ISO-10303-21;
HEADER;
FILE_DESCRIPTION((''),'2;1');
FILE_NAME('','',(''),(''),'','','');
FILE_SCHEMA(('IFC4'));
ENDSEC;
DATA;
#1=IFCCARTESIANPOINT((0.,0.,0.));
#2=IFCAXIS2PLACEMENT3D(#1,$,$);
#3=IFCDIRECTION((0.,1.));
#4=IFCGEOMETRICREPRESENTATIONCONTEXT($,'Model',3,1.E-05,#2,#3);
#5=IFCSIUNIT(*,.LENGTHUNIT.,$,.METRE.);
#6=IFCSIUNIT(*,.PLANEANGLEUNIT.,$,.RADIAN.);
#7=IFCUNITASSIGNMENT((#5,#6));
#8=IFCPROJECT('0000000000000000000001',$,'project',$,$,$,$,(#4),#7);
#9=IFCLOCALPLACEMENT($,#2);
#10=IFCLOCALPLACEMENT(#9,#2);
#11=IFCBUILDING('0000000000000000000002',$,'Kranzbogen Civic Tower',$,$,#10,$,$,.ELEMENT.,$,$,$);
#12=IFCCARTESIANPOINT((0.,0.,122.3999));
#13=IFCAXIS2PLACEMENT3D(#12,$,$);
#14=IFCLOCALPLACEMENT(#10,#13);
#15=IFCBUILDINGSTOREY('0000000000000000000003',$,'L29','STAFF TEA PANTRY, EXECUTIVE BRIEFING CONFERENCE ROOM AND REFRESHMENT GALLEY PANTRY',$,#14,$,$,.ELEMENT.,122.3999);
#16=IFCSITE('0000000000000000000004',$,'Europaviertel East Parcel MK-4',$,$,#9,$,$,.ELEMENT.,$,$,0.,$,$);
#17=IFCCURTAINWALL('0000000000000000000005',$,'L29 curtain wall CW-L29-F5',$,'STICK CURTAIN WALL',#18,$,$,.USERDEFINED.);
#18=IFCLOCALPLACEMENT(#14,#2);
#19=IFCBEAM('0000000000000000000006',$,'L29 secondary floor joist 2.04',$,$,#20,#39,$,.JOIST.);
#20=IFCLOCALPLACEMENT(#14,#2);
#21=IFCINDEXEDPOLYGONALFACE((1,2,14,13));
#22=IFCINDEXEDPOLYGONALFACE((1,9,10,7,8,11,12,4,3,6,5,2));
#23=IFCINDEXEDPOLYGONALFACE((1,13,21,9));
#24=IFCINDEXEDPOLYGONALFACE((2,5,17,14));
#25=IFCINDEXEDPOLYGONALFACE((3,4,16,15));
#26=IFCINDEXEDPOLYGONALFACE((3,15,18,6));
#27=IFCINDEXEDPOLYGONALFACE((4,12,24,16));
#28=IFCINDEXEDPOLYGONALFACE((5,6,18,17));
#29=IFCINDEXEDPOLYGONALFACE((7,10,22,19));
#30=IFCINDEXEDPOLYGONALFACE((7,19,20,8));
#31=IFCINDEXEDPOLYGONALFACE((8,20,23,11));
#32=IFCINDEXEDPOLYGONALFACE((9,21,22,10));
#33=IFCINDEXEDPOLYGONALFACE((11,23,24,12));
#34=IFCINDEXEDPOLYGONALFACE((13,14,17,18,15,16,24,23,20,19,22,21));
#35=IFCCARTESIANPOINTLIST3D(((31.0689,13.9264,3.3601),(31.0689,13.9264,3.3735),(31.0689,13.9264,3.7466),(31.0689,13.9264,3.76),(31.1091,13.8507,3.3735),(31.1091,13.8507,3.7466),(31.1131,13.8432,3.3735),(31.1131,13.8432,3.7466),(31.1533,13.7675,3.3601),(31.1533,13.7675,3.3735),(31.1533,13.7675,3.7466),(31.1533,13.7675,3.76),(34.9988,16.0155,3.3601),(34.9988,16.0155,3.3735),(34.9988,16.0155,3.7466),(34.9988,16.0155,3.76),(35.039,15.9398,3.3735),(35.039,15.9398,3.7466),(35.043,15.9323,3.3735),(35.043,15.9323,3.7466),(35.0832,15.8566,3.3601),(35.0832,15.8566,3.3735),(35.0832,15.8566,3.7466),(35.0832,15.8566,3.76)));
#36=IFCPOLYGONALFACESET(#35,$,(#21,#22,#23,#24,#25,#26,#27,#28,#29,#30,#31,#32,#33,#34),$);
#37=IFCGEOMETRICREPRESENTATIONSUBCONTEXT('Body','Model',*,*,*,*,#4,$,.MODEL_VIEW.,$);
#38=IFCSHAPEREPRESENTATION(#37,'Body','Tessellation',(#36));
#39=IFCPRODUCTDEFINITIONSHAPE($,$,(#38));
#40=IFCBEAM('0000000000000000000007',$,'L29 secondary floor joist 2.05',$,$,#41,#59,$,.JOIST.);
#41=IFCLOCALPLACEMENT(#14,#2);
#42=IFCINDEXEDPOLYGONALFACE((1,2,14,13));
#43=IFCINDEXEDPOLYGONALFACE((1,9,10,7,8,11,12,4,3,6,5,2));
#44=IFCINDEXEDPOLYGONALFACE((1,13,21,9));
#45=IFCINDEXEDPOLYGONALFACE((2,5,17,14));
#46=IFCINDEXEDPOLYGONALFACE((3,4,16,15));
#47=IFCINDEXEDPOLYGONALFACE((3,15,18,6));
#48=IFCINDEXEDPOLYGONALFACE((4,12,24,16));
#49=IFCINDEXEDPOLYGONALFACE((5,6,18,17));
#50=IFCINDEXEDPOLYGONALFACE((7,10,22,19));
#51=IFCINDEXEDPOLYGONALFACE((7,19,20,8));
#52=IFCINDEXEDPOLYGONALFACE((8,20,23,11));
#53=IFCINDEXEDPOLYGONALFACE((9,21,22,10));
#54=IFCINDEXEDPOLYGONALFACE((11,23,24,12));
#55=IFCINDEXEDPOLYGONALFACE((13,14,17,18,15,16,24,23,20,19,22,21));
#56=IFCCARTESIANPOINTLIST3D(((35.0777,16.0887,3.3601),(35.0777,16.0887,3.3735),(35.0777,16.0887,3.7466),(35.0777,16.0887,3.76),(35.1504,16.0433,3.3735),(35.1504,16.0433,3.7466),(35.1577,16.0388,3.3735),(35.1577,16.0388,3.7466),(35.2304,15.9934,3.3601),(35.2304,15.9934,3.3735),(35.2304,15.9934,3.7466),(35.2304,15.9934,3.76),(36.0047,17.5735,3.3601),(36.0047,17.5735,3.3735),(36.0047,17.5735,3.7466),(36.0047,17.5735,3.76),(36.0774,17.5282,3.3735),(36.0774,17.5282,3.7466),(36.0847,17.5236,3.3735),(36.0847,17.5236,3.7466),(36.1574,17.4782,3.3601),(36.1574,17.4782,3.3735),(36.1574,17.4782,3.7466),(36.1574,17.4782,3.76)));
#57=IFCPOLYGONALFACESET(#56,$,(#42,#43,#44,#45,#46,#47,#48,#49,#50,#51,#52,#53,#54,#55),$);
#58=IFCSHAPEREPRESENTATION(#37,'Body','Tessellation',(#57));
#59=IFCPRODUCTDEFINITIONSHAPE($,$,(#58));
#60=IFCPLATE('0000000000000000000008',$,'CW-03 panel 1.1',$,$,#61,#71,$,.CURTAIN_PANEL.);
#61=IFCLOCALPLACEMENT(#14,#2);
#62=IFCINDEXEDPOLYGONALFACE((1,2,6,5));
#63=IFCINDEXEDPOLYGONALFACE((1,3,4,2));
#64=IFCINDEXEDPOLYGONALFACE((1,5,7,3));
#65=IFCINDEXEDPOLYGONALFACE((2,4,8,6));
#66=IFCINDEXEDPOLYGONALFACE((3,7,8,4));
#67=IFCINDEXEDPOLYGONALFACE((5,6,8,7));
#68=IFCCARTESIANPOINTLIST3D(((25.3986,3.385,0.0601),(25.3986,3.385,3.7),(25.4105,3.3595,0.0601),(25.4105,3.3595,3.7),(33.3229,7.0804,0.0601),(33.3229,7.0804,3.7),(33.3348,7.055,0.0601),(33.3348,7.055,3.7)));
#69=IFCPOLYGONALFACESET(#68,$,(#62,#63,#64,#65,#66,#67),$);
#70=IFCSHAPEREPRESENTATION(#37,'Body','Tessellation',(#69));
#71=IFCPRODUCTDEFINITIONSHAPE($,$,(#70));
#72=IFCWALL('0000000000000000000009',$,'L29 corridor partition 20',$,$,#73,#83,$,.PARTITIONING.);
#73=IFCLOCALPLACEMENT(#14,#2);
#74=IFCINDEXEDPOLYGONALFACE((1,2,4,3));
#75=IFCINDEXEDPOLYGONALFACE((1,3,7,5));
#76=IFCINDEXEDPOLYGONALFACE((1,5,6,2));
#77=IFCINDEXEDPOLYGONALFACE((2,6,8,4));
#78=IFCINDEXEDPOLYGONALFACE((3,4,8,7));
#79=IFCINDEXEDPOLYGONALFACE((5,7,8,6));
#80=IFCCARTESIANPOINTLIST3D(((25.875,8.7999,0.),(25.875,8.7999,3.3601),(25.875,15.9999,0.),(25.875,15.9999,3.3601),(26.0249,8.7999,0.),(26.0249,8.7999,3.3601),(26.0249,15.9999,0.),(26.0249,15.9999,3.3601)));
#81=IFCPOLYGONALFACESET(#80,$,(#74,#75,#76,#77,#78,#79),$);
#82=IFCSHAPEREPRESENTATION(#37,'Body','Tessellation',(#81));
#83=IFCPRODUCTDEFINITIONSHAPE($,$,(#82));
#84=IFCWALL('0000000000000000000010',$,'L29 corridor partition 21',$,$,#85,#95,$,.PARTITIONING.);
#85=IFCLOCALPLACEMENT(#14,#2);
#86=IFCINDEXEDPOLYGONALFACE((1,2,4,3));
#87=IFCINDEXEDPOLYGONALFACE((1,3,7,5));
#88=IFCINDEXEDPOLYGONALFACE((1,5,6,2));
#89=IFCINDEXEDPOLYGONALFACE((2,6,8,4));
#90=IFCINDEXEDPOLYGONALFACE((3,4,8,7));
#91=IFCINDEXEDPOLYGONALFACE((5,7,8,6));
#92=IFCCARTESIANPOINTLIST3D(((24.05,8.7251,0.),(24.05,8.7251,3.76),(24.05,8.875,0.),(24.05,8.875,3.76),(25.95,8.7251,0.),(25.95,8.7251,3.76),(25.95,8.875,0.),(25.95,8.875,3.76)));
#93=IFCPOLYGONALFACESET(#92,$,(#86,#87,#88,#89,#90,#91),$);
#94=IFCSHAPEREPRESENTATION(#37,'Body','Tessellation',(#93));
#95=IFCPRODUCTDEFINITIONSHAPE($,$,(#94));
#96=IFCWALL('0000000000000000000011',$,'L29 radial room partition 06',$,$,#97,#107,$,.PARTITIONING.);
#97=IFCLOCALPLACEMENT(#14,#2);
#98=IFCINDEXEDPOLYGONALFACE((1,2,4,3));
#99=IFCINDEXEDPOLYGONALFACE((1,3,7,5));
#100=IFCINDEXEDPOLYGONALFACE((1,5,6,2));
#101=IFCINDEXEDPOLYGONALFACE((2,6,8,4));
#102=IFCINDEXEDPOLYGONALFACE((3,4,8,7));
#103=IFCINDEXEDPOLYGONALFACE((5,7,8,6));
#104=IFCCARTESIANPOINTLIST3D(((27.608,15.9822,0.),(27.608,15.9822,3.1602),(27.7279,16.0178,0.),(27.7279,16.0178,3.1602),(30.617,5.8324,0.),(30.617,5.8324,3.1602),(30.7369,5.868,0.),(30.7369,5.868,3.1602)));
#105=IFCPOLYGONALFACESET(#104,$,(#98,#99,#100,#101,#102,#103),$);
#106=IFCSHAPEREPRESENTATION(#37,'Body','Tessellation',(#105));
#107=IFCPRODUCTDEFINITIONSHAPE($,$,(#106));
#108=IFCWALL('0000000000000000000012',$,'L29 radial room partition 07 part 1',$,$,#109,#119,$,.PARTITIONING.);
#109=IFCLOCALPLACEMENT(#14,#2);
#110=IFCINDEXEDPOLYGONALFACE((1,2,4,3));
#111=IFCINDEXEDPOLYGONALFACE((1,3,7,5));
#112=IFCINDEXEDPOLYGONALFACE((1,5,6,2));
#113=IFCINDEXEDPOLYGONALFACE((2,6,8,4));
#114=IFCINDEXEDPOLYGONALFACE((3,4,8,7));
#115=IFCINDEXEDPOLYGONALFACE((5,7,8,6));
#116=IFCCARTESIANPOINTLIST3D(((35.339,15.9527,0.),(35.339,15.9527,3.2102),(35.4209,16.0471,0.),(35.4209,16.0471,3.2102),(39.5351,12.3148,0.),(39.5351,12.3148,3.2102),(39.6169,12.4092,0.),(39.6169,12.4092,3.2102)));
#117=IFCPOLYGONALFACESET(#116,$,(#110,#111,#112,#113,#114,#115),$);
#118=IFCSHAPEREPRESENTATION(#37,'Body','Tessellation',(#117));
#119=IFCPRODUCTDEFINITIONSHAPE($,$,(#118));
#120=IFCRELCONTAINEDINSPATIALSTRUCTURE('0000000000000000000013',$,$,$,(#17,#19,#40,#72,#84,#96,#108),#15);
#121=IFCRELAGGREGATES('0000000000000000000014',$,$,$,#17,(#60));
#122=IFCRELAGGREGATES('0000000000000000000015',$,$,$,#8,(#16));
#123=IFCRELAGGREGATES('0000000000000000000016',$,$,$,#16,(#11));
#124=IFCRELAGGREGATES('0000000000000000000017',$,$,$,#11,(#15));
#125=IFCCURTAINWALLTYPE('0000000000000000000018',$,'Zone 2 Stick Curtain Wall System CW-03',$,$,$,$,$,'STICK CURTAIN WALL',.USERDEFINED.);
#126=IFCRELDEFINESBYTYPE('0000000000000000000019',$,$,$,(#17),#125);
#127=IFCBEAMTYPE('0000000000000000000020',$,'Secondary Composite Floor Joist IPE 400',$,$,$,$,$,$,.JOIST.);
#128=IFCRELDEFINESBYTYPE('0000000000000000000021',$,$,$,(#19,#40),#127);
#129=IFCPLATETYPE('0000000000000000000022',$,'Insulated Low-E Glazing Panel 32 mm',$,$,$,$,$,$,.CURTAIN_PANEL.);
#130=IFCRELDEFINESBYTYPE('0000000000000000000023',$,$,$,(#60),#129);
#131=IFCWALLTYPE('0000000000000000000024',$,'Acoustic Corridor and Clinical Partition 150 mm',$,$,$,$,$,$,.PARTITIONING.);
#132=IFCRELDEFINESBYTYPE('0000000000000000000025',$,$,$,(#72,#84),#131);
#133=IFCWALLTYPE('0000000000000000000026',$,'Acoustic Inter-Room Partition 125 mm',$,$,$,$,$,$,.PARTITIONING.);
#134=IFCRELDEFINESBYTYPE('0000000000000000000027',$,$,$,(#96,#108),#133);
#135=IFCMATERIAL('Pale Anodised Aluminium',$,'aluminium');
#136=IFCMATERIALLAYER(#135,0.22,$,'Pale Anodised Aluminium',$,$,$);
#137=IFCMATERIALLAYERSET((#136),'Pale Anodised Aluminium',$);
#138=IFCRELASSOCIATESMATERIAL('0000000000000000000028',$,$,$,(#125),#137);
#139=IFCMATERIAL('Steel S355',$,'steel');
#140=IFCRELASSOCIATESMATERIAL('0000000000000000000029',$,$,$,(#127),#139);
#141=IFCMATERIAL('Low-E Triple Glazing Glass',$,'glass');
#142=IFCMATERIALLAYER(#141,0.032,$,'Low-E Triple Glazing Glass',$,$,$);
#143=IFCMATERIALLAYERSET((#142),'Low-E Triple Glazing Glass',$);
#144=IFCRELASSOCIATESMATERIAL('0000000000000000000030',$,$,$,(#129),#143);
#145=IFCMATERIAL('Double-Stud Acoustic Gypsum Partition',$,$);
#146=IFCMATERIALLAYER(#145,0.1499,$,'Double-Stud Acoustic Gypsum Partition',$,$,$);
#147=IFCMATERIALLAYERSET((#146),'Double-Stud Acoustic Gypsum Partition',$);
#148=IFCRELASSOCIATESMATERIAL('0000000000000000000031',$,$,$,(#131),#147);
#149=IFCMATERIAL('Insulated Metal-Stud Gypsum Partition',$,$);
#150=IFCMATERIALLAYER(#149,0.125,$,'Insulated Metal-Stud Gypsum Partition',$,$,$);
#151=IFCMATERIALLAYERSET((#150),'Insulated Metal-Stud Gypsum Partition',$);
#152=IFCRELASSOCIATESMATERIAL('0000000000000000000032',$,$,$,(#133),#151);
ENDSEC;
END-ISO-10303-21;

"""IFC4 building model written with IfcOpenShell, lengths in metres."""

from ifc_helpers import new_model, si_unit, direction, frame, frame_2d, origin, origin_2d, place, context, subcontext, project, spatial, rectangle, i_section, extrude, material, layer, layer_set, material_profile, profile_set, type_object, element, aggregate, save


model = new_model("IFC4")

# Units and contexts
model_context = context("Model", 3, precision=1e-05, world=origin(), true_north=direction((0.0, 1.0)))
body_context = subcontext(model_context, "Body", "Model", "MODEL_VIEW")
ifc_project = project(units=[si_unit("LENGTHUNIT", "METRE"), si_unit("PLANEANGLEUNIT", "RADIAN")], contexts=[model_context])

# Site, building, storey
site_placement = place(None, origin())
site = spatial("IfcSite", under=ifc_project, at=site_placement, Name="Europaviertel East Parcel MK-4", CompositionType="ELEMENT", RefElevation=0.0)
building_placement = place(site_placement, origin())
building = spatial("IfcBuilding", under=site, at=building_placement, Name="Kranzbogen Civic Tower", CompositionType="ELEMENT")
storey_placement = place(building_placement, frame((0.0, 0.0, 122.3999)))
storey = spatial("IfcBuildingStorey", under=building, at=storey_placement, Name="L29", Description="STAFF TEA PANTRY, EXECUTIVE BRIEFING CONFERENCE ROOM AND REFRESHMENT GALLEY PANTRY", CompositionType="ELEMENT", Elevation=122.3999)

# Curtain wall
ifc_material_1 = material(Name="Pale Anodised Aluminium", Category="aluminium")
ifc_layer_1 = layer(ifc_material_1, 0.22, Name="Pale Anodised Aluminium")
ifc_layer_set_1 = layer_set([ifc_layer_1], Name="Pale Anodised Aluminium")
curtain_wall_type = type_object("IfcCurtainWallType", Name="Zone 2 Stick Curtain Wall System CW-03", ElementType="STICK CURTAIN WALL", PredefinedType="USERDEFINED", material=ifc_layer_set_1)
curtain_wall_placement = place(storey_placement, origin())
curtain_wall = element("IfcCurtainWall", 1, at=curtain_wall_placement, inside=storey, type_object=curtain_wall_type, Name="L29 curtain wall CW-L29-F5", ObjectType="STICK CURTAIN WALL", PredefinedType="USERDEFINED")

# Beams
ifc_material_2 = material(Name="Steel S355", Category="steel")
ifc_material_profile_1 = material_profile(ifc_material_2, i_section(OverallWidth=0.1799, OverallDepth=0.3999, WebThickness=0.0085, FlangeThickness=0.0134, at=origin_2d()), Name="IPE 400")
ifc_profile_set_1 = profile_set([ifc_material_profile_1], Name="Steel S355")
beam_type_1 = type_object("IfcBeamType", Name="Secondary Composite Floor Joist IPE 400", PredefinedType="JOIST", material=ifc_profile_set_1)
beam_1_placement = place(storey_placement, frame((31.1111, 13.8469, 3.5601), z_axis=(0.882991, 0.469389, 0.0), x_axis=(-0.469389, 0.882991, 0.0)))
element("IfcBeam", 2, at=beam_1_placement, inside=storey, type_object=beam_type_1, Name="L29 secondary floor joist 2.04", PredefinedType="JOIST", context=body_context, shape_type="SweptSolid", body=[
    extrude(i_section(OverallWidth=0.1799, OverallDepth=0.3999, WebThickness=0.0085, FlangeThickness=0.0134, at=origin_2d()), origin(), (0.0, 0.0, 1.0), 4.4507),
])
beam_2_placement = place(storey_placement, frame((35.1541, 16.041, 3.5601), z_axis=(0.529573, 0.848265, 0.0), x_axis=(-0.848265, 0.529573, 0.0)))
element("IfcBeam", 3, at=beam_2_placement, inside=storey, type_object=beam_type_1, Name="L29 secondary floor joist 2.05", PredefinedType="JOIST", context=body_context, shape_type="SweptSolid", body=[
    extrude(i_section(OverallWidth=0.1799, OverallDepth=0.3999, WebThickness=0.0085, FlangeThickness=0.0134, at=origin_2d()), origin(), (0.0, 0.0, 1.0), 1.7505),
])

# Plate
ifc_material_3 = material(Name="Low-E Triple Glazing Glass", Category="glass")
ifc_layer_2 = layer(ifc_material_3, 0.032, Name="Low-E Triple Glazing Glass")
ifc_layer_set_2 = layer_set([ifc_layer_2], Name="Low-E Triple Glazing Glass")
plate_type = type_object("IfcPlateType", Name="Insulated Low-E Glazing Panel 32 mm", PredefinedType="CURTAIN_PANEL", material=ifc_layer_set_2)
plate_placement = place(storey_placement, frame((29.3667, 5.22, 0.0601), z_axis=(0.0, 0.0, 1.0), x_axis=(0.906297, 0.422641, 0.0)))
plate = element("IfcPlate", 4, at=plate_placement, type_object=plate_type, Name="CW-03 panel 1.1", PredefinedType="CURTAIN_PANEL", context=body_context, shape_type="SweptSolid", body=[
    extrude(rectangle(XDim=8.7437, YDim=0.0281, at=origin_2d()), origin(), (0.0, 0.0, 1.0), 3.6399),
])
aggregate(curtain_wall, [plate])

# Walls
ifc_material_4 = material(Name="Double-Stud Acoustic Gypsum Partition")
ifc_layer_3 = layer(ifc_material_4, 0.1499, Name="Double-Stud Acoustic Gypsum Partition")
ifc_layer_set_3 = layer_set([ifc_layer_3], Name="Double-Stud Acoustic Gypsum Partition")
wall_type_1 = type_object("IfcWallType", Name="Acoustic Corridor and Clinical Partition 150 mm", PredefinedType="PARTITIONING", material=ifc_layer_set_3)
wall_1_placement = place(storey_placement, frame((25.95, 16.0, 0.0), z_axis=(0.0, 0.0, 1.0), x_axis=(0.0, -1.0, 0.0)))
element("IfcWall", 5, at=wall_1_placement, inside=storey, type_object=wall_type_1, Name="L29 corridor partition 20", PredefinedType="PARTITIONING", context=body_context, shape_type="SweptSolid", body=[
    extrude(rectangle(XDim=7.2, YDim=0.1499, at=frame_2d((3.6001, 0.0))), origin(), (0.0, 0.0, 1.0), 3.3601),
])
wall_2_placement = place(storey_placement, frame((25.95, 8.8, 0.0), z_axis=(0.0, 0.0, 1.0), x_axis=(-1.0, 0.0, 0.0)))
element("IfcWall", 6, at=wall_2_placement, inside=storey, type_object=wall_type_1, Name="L29 corridor partition 21", PredefinedType="PARTITIONING", context=body_context, shape_type="SweptSolid", body=[
    extrude(rectangle(XDim=1.8999, YDim=0.1499, at=frame_2d((0.95, 0.0))), origin(), (0.0, 0.0, 1.0), 3.76),
])
ifc_material_5 = material(Name="Insulated Metal-Stud Gypsum Partition")
ifc_layer_4 = layer(ifc_material_5, 0.125, Name="Insulated Metal-Stud Gypsum Partition")
ifc_layer_set_4 = layer_set([ifc_layer_4], Name="Insulated Metal-Stud Gypsum Partition")
wall_type_2 = type_object("IfcWallType", Name="Acoustic Inter-Room Partition 125 mm", PredefinedType="PARTITIONING", material=ifc_layer_set_4)
wall_3_placement = place(storey_placement, frame((27.668, 16.0, 0.0), z_axis=(0.0, 0.0, 1.0), x_axis=(0.284232, -0.958756, 0.0)))
element("IfcWall", 7, at=wall_3_placement, inside=storey, type_object=wall_type_2, Name="L29 radial room partition 06", PredefinedType="PARTITIONING", context=body_context, shape_type="SweptSolid", body=[
    extrude(rectangle(XDim=10.5864, YDim=0.125, at=frame_2d((5.2932, 0.0))), origin(), (0.0, 0.0, 1.0), 3.1602),
])
wall_4_placement = place(storey_placement, frame((35.3799, 16.0, 0.0), z_axis=(0.0, 0.0, 1.0), x_axis=(0.755567, -0.655071, 0.0)))
element("IfcWall", 8, at=wall_4_placement, inside=storey, type_object=wall_type_2, Name="L29 radial room partition 07 part 1", PredefinedType="PARTITIONING", context=body_context, shape_type="SweptSolid", body=[
    extrude(rectangle(XDim=5.5535, YDim=0.125, at=frame_2d((2.7769, 0.0))), origin(), (0.0, 0.0, 1.0), 3.2102),
])

save(model, "model.ifc")
